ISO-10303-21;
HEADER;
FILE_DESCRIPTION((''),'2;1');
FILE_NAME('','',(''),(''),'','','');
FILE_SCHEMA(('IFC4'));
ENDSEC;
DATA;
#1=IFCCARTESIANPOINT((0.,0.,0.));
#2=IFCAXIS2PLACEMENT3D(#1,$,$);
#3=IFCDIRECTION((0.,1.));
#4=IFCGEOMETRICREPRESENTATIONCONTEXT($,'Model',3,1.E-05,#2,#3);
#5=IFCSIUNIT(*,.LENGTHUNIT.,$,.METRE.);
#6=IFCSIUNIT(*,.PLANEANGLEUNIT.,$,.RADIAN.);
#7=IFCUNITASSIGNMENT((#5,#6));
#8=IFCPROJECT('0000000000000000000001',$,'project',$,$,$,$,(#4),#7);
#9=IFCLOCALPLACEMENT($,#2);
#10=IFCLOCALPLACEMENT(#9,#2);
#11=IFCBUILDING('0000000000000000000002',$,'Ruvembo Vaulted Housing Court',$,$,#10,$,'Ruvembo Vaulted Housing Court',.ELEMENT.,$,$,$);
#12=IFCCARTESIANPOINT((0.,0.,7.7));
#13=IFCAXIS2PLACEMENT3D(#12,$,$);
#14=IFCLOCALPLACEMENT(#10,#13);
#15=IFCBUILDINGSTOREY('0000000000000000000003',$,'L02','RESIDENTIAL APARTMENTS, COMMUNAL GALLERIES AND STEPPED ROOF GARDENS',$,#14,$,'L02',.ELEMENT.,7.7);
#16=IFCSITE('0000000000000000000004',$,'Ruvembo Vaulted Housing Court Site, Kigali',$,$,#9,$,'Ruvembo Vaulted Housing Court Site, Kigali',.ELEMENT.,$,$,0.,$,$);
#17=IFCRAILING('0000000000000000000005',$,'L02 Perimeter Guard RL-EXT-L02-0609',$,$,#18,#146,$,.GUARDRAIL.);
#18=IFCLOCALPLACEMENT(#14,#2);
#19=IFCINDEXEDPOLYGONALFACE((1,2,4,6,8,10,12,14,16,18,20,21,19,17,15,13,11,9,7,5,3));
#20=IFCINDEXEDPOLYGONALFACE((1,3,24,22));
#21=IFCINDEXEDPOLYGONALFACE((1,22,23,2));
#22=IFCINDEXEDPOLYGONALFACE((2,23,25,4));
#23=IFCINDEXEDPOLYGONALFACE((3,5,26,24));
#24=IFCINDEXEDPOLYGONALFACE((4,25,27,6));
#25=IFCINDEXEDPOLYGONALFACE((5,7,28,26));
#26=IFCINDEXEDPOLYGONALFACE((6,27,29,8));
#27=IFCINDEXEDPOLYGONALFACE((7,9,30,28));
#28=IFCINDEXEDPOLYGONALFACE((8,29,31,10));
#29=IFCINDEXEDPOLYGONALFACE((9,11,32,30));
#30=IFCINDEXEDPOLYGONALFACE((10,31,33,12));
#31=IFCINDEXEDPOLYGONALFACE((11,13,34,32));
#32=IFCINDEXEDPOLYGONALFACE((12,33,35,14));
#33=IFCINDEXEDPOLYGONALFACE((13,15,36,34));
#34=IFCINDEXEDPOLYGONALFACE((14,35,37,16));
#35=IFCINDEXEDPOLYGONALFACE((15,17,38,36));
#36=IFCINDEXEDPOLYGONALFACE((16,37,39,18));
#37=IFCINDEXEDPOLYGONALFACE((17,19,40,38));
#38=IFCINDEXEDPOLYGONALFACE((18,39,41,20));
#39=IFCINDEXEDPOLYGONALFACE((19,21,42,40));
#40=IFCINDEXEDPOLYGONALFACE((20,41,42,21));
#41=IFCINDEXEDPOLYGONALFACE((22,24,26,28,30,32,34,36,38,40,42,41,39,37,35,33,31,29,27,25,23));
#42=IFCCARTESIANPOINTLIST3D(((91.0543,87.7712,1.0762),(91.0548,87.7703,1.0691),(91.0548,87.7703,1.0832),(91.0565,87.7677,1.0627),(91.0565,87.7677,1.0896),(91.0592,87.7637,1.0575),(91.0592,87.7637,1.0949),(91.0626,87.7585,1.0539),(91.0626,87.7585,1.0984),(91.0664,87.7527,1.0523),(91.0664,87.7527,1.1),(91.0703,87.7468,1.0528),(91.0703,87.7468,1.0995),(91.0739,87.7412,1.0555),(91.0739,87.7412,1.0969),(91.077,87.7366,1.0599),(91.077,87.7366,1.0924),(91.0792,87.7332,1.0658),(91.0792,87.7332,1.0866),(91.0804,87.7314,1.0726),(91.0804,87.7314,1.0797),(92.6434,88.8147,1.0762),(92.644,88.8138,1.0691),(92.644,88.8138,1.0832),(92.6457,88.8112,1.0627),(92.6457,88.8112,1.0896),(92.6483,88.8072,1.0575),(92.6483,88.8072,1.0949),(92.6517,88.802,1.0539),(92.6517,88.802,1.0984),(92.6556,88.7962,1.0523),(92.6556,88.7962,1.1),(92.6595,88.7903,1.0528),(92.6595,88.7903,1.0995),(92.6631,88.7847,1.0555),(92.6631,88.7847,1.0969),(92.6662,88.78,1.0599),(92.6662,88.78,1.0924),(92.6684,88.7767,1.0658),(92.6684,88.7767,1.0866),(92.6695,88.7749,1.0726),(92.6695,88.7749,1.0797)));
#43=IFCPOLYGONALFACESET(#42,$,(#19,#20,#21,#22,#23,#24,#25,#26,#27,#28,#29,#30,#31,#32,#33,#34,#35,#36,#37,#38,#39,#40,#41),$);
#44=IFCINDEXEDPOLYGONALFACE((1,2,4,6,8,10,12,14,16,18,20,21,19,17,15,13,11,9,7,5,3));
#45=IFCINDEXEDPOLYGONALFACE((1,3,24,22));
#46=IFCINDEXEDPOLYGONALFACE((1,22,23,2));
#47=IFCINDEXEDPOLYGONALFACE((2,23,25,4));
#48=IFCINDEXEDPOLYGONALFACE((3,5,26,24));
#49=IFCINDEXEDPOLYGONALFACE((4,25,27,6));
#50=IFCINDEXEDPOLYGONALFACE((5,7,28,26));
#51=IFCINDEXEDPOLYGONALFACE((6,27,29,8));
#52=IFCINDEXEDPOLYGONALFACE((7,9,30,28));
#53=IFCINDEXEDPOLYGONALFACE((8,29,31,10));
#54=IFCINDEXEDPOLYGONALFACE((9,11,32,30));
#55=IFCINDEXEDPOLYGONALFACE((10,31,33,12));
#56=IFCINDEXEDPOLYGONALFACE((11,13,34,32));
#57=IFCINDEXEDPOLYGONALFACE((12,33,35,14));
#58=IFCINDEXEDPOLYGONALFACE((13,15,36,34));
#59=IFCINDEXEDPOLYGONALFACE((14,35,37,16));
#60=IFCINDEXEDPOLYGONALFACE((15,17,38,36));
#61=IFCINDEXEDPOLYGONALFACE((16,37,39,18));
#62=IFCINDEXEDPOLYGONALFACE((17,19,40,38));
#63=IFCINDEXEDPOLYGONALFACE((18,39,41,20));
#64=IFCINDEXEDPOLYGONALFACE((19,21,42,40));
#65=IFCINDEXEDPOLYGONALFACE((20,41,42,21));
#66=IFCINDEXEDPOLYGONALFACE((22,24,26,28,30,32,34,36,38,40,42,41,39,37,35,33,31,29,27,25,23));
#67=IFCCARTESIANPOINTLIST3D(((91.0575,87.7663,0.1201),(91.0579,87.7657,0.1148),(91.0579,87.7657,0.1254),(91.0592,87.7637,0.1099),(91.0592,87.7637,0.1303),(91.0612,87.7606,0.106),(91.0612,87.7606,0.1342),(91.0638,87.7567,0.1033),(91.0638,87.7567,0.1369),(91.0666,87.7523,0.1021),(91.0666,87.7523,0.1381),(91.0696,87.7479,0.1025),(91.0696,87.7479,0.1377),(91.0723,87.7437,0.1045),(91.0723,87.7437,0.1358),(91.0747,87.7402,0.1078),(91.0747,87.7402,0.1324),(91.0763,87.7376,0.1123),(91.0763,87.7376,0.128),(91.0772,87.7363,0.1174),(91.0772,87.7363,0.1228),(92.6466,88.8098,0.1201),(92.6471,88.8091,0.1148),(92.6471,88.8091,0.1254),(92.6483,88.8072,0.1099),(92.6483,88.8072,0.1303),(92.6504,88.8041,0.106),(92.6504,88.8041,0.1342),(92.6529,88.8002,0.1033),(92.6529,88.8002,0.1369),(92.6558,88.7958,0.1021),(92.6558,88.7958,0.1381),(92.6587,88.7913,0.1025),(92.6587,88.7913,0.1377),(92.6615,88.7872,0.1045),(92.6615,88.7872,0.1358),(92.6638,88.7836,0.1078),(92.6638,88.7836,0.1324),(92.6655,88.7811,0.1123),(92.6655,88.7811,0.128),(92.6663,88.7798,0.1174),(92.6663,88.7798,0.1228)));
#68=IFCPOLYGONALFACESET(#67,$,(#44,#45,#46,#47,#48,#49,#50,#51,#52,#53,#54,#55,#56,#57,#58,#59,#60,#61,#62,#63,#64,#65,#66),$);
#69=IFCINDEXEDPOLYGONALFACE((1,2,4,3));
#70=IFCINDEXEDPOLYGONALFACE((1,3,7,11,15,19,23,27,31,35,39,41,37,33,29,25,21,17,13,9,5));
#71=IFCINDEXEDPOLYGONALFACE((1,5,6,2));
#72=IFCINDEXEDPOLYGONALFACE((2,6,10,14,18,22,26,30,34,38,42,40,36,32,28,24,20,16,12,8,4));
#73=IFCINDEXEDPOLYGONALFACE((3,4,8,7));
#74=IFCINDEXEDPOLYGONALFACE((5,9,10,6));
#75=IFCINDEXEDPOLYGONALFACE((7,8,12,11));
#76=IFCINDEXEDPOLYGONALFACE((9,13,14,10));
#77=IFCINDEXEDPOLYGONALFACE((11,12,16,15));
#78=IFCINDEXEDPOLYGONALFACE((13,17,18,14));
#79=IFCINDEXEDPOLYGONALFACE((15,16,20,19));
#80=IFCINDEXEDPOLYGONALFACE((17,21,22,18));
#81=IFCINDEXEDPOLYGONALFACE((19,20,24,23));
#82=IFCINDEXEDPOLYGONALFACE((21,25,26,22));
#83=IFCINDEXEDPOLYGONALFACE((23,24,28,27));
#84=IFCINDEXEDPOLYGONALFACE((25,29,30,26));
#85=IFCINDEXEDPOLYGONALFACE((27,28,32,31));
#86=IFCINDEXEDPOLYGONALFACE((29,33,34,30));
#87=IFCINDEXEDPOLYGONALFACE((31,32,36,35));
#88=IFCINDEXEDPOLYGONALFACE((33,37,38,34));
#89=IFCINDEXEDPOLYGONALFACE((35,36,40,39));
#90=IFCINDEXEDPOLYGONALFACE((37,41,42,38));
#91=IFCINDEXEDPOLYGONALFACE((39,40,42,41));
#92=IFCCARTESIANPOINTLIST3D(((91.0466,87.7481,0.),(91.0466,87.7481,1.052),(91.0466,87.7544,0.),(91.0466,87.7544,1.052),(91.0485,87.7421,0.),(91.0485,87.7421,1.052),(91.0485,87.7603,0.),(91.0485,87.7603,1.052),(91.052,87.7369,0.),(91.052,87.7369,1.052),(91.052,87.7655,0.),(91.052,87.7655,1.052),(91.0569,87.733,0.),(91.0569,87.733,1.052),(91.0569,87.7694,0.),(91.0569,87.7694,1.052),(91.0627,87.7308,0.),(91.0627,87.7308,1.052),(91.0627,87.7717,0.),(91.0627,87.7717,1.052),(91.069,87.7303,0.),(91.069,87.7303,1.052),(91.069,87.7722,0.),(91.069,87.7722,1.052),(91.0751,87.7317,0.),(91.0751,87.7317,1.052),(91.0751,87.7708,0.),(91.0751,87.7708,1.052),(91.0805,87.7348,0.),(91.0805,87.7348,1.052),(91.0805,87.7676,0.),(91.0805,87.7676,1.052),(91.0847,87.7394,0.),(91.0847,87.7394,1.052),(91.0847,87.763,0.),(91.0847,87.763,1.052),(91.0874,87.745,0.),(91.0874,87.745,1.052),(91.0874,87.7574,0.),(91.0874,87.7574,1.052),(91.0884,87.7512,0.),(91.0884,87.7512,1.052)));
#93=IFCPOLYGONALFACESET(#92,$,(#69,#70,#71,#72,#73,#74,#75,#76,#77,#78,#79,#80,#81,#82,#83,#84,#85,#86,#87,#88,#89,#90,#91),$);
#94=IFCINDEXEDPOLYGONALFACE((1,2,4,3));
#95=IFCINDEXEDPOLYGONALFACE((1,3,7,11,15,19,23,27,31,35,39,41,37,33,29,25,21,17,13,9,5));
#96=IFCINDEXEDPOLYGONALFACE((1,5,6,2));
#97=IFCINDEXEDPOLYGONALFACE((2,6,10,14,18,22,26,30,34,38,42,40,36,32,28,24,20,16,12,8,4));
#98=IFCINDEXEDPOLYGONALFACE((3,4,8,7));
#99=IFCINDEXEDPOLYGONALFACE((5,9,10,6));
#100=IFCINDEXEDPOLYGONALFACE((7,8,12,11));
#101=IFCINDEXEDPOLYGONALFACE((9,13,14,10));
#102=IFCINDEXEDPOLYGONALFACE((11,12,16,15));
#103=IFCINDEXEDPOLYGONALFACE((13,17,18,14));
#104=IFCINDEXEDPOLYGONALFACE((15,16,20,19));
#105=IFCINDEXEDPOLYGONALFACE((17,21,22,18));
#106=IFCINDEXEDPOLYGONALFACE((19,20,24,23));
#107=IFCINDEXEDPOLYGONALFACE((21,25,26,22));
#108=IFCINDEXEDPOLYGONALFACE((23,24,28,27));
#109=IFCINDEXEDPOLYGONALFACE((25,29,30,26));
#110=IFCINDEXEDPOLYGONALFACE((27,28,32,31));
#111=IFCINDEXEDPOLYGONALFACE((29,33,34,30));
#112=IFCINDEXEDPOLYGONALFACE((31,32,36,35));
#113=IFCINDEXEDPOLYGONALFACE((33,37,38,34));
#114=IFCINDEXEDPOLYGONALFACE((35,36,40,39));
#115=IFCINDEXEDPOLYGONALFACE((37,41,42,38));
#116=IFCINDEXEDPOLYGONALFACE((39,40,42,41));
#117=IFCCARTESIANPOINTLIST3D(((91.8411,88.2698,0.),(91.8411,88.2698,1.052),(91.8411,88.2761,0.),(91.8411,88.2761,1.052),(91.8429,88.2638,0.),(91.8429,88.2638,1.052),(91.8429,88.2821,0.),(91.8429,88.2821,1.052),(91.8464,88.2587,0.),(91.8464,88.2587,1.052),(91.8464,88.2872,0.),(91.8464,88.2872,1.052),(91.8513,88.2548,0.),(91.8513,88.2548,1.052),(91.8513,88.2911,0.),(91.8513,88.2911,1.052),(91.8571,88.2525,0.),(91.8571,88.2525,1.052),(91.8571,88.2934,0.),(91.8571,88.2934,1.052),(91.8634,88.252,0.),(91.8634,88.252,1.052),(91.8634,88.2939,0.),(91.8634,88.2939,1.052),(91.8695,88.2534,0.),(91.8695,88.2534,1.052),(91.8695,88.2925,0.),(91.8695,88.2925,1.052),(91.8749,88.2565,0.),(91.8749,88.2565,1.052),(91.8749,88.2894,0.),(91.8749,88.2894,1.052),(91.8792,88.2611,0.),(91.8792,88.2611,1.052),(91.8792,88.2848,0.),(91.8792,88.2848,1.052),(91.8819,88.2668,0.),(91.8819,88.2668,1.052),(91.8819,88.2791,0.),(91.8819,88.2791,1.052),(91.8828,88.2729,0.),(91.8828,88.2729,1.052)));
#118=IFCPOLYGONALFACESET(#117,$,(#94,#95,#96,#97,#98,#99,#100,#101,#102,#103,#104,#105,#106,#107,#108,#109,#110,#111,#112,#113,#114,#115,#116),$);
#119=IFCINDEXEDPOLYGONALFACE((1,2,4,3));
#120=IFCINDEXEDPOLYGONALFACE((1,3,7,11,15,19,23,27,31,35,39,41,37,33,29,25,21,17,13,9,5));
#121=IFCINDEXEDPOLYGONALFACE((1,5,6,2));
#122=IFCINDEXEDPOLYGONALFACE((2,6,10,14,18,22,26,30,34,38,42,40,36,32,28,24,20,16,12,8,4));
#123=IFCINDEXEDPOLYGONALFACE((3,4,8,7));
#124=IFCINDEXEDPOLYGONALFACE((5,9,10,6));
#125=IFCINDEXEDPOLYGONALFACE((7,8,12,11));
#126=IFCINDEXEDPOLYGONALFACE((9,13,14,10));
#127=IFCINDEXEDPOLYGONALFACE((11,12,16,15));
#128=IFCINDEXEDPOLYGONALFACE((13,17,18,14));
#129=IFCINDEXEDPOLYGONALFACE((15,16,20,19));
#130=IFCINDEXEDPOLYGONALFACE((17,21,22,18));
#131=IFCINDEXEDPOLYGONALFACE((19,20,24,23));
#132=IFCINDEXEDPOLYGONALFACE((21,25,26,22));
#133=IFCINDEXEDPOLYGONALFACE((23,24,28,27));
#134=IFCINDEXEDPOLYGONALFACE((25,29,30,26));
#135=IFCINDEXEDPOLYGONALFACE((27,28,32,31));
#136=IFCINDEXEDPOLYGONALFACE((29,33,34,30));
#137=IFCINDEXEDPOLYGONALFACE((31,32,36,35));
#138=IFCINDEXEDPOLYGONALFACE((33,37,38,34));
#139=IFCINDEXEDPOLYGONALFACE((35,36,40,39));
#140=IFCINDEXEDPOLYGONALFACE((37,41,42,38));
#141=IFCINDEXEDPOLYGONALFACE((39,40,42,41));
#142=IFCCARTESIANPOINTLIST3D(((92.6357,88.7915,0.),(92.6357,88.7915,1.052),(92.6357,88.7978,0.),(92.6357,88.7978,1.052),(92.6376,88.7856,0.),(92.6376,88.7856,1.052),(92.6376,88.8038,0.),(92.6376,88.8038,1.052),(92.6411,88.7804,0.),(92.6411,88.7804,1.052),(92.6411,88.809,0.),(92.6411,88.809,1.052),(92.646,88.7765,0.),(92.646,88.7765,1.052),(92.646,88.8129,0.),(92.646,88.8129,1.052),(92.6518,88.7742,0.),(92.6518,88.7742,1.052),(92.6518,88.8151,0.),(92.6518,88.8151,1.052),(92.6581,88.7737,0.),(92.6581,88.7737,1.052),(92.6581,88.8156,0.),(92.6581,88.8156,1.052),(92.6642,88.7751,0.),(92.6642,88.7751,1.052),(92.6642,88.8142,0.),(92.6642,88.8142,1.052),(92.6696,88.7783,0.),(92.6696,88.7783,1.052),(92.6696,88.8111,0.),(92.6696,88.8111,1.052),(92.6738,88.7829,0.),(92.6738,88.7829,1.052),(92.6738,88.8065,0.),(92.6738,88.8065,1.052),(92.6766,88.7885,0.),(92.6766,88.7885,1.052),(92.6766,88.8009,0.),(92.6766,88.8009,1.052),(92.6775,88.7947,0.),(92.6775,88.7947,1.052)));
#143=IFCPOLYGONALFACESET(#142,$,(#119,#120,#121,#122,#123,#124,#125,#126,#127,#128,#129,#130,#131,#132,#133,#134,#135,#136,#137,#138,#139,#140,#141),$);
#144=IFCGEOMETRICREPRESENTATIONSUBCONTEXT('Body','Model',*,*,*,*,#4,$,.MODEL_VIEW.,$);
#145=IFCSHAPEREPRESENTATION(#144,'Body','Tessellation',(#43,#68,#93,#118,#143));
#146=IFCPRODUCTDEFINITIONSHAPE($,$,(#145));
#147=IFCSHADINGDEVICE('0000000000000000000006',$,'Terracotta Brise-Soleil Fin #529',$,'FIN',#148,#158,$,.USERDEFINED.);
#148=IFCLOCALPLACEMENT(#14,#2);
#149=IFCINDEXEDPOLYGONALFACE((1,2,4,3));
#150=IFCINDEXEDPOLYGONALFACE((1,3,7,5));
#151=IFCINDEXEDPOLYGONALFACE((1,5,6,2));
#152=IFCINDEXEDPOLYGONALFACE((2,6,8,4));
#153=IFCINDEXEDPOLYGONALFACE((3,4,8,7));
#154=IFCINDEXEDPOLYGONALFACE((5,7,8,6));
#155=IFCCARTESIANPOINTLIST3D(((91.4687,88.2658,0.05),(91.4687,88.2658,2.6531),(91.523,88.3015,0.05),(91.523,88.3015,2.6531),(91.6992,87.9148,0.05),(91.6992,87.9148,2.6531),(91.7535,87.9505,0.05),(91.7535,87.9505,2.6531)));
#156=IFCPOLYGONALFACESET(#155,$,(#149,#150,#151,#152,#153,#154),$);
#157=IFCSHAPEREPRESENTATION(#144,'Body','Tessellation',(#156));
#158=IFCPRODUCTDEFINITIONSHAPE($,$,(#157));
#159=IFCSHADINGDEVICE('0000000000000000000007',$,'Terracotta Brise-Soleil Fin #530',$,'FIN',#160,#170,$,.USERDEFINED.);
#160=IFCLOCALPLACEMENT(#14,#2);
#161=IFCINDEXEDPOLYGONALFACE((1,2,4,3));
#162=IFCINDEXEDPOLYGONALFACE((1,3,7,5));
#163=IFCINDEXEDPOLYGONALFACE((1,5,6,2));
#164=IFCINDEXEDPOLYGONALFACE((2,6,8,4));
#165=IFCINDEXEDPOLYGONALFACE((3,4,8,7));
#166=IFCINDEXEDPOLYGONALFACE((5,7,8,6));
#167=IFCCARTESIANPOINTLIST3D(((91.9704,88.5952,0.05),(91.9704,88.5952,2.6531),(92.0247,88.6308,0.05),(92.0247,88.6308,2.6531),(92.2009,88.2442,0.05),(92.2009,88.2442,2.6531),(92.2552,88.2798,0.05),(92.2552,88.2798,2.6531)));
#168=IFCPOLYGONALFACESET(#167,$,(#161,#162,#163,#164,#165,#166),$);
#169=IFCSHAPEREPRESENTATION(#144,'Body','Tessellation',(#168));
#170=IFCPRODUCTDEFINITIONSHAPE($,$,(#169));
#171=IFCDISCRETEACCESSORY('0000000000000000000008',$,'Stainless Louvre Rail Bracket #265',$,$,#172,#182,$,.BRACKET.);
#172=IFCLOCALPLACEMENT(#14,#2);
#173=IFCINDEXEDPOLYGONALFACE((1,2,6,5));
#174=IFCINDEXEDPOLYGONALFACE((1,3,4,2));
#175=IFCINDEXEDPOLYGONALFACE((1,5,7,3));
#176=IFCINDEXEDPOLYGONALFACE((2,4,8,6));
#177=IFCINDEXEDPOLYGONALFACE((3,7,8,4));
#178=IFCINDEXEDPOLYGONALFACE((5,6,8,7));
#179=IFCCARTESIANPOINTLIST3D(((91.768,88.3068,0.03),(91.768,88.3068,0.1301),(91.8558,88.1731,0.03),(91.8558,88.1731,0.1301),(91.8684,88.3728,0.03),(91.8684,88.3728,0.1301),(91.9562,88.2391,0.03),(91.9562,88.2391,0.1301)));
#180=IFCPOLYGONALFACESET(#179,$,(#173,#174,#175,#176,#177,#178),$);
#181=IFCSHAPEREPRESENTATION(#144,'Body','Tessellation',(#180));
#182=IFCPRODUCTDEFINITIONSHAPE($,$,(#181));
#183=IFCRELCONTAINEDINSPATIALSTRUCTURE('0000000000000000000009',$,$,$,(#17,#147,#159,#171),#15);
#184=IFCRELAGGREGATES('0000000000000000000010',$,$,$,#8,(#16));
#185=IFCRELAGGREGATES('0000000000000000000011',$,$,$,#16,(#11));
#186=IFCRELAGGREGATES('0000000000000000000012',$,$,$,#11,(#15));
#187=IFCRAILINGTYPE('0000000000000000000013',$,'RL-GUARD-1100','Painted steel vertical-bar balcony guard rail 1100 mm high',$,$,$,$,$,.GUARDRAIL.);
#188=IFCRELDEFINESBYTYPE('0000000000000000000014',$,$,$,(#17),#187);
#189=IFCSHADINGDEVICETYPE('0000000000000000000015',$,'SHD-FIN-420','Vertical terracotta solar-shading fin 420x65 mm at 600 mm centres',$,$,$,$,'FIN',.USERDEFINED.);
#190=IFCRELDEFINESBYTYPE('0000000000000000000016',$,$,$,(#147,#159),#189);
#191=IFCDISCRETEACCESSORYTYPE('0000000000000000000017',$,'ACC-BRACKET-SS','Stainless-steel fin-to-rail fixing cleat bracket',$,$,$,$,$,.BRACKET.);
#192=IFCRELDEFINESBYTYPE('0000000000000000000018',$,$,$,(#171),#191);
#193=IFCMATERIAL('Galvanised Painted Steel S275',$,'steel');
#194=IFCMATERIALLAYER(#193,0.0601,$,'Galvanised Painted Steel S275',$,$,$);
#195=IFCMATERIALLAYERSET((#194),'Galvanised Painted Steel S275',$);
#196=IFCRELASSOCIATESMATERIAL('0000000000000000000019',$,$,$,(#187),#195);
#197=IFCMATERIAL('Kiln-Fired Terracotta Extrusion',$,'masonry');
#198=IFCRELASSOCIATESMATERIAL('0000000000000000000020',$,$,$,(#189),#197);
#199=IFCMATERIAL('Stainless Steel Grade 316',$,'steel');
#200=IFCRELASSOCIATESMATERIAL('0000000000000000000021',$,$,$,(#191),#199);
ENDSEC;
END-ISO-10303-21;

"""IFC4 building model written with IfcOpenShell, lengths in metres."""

from ifc_helpers import new_model, si_unit, direction, frame, origin, origin_2d, place, context, subcontext, project, spatial, rectangle, circle, extrude, material, layer, layer_set, type_object, element, save


model = new_model("IFC4")

# Units and contexts
model_context = context("Model", 3, precision=1e-05, world=origin(), true_north=direction((0.0, 1.0)))
body_context = subcontext(model_context, "Body", "Model", "MODEL_VIEW")
ifc_project = project(units=[si_unit("LENGTHUNIT", "METRE"), si_unit("PLANEANGLEUNIT", "RADIAN")], contexts=[model_context])

# Site, building, storey
site_placement = place(None, origin())
site = spatial("IfcSite", under=ifc_project, at=site_placement, Name="Ruvembo Vaulted Housing Court Site, Kigali", LongName="Ruvembo Vaulted Housing Court Site, Kigali", CompositionType="ELEMENT", RefElevation=0.0)
building_placement = place(site_placement, origin())
building = spatial("IfcBuilding", under=site, at=building_placement, Name="Ruvembo Vaulted Housing Court", LongName="Ruvembo Vaulted Housing Court", CompositionType="ELEMENT")
storey_placement = place(building_placement, frame((0.0, 0.0, 7.7)))
storey = spatial("IfcBuildingStorey", under=building, at=storey_placement, Name="L02", Description="RESIDENTIAL APARTMENTS, COMMUNAL GALLERIES AND STEPPED ROOF GARDENS", LongName="L02", CompositionType="ELEMENT", Elevation=7.7)

# Railing
ifc_material_1 = material(Name="Galvanised Painted Steel S275", Category="steel")
ifc_layer_1 = layer(ifc_material_1, 0.0601, Name="Galvanised Painted Steel S275")
ifc_layer_set_1 = layer_set([ifc_layer_1], Name="Galvanised Painted Steel S275")
railing_type = type_object("IfcRailingType", Name="RL-GUARD-1100", Description="Painted steel vertical-bar balcony guard rail 1100 mm high", PredefinedType="GUARDRAIL", material=ifc_layer_set_1)
railing_1_placement = place(storey_placement, frame((91.0674, 87.7512, 0.0)))
element("IfcRailing", 1, at=railing_1_placement, inside=storey, type_object=railing_type, Name="L02 Perimeter Guard RL-EXT-L02-0609", PredefinedType="GUARDRAIL", context=body_context, shape_type="SweptSolid", body=[
    extrude(circle(Radius=0.0239, at=origin_2d()), frame((0.0, 0.0, 1.0762), z_axis=(0.835902, 0.548878, 0.0), x_axis=(-0.548878, 0.835902, 0.0)), (0.0, 0.0, 1.0), 1.9011),
    extrude(circle(Radius=0.0181, at=origin_2d()), frame((0.0, 0.0, 0.1201), z_axis=(0.835902, 0.548878, 0.0), x_axis=(-0.548878, 0.835902, 0.0)), (0.0, 0.0, 1.0), 1.9011),
    extrude(circle(Radius=0.021, at=origin_2d()), origin(), (0.0, 0.0, 1.0), 1.052),
    extrude(circle(Radius=0.021, at=origin_2d()), frame((0.7944, 0.5217, 0.0)), (0.0, 0.0, 1.0), 1.052),
    extrude(circle(Radius=0.021, at=origin_2d()), frame((1.5891, 1.0435, 0.0)), (0.0, 0.0, 1.0), 1.052),
])

# Shading devices
ifc_material_2 = material(Name="Kiln-Fired Terracotta Extrusion", Category="masonry")
shading_device_type = type_object("IfcShadingDeviceType", Name="SHD-FIN-420", Description="Vertical terracotta solar-shading fin 420x65 mm at 600 mm centres", ElementType="FIN", PredefinedType="USERDEFINED", material=ifc_material_2)
for number, where, z_axis, x_axis, name in (
    (2, (91.6111, 88.1082, 0.05), (0.0, 0.0, 1.0), (0.548964, -0.835846, 0.0), "Terracotta Brise-Soleil Fin #529"),
    (3, (92.1128, 88.4375, 0.05), (0.0, 0.0, 1.0), (0.548964, -0.835846, 0.0), "Terracotta Brise-Soleil Fin #530"),
):
    element("IfcShadingDevice", number, at=place(storey_placement, frame(where, z_axis=z_axis, x_axis=x_axis)), inside=storey, type_object=shading_device_type, Name=name, ObjectType="FIN", PredefinedType="USERDEFINED", context=body_context, shape_type="SweptSolid", body=[
        extrude(rectangle(XDim=0.4199, YDim=0.0649, at=origin_2d()), origin(), (0.0, 0.0, 1.0), 2.603),
    ])

# Discrete accessory
ifc_material_3 = material(Name="Stainless Steel Grade 316", Category="steel")
discrete_accessory_type = type_object("IfcDiscreteAccessoryType", Name="ACC-BRACKET-SS", Description="Stainless-steel fin-to-rail fixing cleat bracket", PredefinedType="BRACKET", material=ifc_material_3)
discrete_accessory_placement = place(storey_placement, frame((91.8621, 88.2729, 0.03), z_axis=(0.0, 0.0, 1.0), x_axis=(0.548964, -0.835846, 0.0)))
element("IfcDiscreteAccessory", 4, at=discrete_accessory_placement, inside=storey, type_object=discrete_accessory_type, Name="Stainless Louvre Rail Bracket #265", PredefinedType="BRACKET", context=body_context, shape_type="SweptSolid", body=[
    extrude(rectangle(XDim=0.1599, YDim=0.1201, at=origin_2d()), origin(), (0.0, 0.0, 1.0), 0.1001),
])

save(model, "model.ifc")
